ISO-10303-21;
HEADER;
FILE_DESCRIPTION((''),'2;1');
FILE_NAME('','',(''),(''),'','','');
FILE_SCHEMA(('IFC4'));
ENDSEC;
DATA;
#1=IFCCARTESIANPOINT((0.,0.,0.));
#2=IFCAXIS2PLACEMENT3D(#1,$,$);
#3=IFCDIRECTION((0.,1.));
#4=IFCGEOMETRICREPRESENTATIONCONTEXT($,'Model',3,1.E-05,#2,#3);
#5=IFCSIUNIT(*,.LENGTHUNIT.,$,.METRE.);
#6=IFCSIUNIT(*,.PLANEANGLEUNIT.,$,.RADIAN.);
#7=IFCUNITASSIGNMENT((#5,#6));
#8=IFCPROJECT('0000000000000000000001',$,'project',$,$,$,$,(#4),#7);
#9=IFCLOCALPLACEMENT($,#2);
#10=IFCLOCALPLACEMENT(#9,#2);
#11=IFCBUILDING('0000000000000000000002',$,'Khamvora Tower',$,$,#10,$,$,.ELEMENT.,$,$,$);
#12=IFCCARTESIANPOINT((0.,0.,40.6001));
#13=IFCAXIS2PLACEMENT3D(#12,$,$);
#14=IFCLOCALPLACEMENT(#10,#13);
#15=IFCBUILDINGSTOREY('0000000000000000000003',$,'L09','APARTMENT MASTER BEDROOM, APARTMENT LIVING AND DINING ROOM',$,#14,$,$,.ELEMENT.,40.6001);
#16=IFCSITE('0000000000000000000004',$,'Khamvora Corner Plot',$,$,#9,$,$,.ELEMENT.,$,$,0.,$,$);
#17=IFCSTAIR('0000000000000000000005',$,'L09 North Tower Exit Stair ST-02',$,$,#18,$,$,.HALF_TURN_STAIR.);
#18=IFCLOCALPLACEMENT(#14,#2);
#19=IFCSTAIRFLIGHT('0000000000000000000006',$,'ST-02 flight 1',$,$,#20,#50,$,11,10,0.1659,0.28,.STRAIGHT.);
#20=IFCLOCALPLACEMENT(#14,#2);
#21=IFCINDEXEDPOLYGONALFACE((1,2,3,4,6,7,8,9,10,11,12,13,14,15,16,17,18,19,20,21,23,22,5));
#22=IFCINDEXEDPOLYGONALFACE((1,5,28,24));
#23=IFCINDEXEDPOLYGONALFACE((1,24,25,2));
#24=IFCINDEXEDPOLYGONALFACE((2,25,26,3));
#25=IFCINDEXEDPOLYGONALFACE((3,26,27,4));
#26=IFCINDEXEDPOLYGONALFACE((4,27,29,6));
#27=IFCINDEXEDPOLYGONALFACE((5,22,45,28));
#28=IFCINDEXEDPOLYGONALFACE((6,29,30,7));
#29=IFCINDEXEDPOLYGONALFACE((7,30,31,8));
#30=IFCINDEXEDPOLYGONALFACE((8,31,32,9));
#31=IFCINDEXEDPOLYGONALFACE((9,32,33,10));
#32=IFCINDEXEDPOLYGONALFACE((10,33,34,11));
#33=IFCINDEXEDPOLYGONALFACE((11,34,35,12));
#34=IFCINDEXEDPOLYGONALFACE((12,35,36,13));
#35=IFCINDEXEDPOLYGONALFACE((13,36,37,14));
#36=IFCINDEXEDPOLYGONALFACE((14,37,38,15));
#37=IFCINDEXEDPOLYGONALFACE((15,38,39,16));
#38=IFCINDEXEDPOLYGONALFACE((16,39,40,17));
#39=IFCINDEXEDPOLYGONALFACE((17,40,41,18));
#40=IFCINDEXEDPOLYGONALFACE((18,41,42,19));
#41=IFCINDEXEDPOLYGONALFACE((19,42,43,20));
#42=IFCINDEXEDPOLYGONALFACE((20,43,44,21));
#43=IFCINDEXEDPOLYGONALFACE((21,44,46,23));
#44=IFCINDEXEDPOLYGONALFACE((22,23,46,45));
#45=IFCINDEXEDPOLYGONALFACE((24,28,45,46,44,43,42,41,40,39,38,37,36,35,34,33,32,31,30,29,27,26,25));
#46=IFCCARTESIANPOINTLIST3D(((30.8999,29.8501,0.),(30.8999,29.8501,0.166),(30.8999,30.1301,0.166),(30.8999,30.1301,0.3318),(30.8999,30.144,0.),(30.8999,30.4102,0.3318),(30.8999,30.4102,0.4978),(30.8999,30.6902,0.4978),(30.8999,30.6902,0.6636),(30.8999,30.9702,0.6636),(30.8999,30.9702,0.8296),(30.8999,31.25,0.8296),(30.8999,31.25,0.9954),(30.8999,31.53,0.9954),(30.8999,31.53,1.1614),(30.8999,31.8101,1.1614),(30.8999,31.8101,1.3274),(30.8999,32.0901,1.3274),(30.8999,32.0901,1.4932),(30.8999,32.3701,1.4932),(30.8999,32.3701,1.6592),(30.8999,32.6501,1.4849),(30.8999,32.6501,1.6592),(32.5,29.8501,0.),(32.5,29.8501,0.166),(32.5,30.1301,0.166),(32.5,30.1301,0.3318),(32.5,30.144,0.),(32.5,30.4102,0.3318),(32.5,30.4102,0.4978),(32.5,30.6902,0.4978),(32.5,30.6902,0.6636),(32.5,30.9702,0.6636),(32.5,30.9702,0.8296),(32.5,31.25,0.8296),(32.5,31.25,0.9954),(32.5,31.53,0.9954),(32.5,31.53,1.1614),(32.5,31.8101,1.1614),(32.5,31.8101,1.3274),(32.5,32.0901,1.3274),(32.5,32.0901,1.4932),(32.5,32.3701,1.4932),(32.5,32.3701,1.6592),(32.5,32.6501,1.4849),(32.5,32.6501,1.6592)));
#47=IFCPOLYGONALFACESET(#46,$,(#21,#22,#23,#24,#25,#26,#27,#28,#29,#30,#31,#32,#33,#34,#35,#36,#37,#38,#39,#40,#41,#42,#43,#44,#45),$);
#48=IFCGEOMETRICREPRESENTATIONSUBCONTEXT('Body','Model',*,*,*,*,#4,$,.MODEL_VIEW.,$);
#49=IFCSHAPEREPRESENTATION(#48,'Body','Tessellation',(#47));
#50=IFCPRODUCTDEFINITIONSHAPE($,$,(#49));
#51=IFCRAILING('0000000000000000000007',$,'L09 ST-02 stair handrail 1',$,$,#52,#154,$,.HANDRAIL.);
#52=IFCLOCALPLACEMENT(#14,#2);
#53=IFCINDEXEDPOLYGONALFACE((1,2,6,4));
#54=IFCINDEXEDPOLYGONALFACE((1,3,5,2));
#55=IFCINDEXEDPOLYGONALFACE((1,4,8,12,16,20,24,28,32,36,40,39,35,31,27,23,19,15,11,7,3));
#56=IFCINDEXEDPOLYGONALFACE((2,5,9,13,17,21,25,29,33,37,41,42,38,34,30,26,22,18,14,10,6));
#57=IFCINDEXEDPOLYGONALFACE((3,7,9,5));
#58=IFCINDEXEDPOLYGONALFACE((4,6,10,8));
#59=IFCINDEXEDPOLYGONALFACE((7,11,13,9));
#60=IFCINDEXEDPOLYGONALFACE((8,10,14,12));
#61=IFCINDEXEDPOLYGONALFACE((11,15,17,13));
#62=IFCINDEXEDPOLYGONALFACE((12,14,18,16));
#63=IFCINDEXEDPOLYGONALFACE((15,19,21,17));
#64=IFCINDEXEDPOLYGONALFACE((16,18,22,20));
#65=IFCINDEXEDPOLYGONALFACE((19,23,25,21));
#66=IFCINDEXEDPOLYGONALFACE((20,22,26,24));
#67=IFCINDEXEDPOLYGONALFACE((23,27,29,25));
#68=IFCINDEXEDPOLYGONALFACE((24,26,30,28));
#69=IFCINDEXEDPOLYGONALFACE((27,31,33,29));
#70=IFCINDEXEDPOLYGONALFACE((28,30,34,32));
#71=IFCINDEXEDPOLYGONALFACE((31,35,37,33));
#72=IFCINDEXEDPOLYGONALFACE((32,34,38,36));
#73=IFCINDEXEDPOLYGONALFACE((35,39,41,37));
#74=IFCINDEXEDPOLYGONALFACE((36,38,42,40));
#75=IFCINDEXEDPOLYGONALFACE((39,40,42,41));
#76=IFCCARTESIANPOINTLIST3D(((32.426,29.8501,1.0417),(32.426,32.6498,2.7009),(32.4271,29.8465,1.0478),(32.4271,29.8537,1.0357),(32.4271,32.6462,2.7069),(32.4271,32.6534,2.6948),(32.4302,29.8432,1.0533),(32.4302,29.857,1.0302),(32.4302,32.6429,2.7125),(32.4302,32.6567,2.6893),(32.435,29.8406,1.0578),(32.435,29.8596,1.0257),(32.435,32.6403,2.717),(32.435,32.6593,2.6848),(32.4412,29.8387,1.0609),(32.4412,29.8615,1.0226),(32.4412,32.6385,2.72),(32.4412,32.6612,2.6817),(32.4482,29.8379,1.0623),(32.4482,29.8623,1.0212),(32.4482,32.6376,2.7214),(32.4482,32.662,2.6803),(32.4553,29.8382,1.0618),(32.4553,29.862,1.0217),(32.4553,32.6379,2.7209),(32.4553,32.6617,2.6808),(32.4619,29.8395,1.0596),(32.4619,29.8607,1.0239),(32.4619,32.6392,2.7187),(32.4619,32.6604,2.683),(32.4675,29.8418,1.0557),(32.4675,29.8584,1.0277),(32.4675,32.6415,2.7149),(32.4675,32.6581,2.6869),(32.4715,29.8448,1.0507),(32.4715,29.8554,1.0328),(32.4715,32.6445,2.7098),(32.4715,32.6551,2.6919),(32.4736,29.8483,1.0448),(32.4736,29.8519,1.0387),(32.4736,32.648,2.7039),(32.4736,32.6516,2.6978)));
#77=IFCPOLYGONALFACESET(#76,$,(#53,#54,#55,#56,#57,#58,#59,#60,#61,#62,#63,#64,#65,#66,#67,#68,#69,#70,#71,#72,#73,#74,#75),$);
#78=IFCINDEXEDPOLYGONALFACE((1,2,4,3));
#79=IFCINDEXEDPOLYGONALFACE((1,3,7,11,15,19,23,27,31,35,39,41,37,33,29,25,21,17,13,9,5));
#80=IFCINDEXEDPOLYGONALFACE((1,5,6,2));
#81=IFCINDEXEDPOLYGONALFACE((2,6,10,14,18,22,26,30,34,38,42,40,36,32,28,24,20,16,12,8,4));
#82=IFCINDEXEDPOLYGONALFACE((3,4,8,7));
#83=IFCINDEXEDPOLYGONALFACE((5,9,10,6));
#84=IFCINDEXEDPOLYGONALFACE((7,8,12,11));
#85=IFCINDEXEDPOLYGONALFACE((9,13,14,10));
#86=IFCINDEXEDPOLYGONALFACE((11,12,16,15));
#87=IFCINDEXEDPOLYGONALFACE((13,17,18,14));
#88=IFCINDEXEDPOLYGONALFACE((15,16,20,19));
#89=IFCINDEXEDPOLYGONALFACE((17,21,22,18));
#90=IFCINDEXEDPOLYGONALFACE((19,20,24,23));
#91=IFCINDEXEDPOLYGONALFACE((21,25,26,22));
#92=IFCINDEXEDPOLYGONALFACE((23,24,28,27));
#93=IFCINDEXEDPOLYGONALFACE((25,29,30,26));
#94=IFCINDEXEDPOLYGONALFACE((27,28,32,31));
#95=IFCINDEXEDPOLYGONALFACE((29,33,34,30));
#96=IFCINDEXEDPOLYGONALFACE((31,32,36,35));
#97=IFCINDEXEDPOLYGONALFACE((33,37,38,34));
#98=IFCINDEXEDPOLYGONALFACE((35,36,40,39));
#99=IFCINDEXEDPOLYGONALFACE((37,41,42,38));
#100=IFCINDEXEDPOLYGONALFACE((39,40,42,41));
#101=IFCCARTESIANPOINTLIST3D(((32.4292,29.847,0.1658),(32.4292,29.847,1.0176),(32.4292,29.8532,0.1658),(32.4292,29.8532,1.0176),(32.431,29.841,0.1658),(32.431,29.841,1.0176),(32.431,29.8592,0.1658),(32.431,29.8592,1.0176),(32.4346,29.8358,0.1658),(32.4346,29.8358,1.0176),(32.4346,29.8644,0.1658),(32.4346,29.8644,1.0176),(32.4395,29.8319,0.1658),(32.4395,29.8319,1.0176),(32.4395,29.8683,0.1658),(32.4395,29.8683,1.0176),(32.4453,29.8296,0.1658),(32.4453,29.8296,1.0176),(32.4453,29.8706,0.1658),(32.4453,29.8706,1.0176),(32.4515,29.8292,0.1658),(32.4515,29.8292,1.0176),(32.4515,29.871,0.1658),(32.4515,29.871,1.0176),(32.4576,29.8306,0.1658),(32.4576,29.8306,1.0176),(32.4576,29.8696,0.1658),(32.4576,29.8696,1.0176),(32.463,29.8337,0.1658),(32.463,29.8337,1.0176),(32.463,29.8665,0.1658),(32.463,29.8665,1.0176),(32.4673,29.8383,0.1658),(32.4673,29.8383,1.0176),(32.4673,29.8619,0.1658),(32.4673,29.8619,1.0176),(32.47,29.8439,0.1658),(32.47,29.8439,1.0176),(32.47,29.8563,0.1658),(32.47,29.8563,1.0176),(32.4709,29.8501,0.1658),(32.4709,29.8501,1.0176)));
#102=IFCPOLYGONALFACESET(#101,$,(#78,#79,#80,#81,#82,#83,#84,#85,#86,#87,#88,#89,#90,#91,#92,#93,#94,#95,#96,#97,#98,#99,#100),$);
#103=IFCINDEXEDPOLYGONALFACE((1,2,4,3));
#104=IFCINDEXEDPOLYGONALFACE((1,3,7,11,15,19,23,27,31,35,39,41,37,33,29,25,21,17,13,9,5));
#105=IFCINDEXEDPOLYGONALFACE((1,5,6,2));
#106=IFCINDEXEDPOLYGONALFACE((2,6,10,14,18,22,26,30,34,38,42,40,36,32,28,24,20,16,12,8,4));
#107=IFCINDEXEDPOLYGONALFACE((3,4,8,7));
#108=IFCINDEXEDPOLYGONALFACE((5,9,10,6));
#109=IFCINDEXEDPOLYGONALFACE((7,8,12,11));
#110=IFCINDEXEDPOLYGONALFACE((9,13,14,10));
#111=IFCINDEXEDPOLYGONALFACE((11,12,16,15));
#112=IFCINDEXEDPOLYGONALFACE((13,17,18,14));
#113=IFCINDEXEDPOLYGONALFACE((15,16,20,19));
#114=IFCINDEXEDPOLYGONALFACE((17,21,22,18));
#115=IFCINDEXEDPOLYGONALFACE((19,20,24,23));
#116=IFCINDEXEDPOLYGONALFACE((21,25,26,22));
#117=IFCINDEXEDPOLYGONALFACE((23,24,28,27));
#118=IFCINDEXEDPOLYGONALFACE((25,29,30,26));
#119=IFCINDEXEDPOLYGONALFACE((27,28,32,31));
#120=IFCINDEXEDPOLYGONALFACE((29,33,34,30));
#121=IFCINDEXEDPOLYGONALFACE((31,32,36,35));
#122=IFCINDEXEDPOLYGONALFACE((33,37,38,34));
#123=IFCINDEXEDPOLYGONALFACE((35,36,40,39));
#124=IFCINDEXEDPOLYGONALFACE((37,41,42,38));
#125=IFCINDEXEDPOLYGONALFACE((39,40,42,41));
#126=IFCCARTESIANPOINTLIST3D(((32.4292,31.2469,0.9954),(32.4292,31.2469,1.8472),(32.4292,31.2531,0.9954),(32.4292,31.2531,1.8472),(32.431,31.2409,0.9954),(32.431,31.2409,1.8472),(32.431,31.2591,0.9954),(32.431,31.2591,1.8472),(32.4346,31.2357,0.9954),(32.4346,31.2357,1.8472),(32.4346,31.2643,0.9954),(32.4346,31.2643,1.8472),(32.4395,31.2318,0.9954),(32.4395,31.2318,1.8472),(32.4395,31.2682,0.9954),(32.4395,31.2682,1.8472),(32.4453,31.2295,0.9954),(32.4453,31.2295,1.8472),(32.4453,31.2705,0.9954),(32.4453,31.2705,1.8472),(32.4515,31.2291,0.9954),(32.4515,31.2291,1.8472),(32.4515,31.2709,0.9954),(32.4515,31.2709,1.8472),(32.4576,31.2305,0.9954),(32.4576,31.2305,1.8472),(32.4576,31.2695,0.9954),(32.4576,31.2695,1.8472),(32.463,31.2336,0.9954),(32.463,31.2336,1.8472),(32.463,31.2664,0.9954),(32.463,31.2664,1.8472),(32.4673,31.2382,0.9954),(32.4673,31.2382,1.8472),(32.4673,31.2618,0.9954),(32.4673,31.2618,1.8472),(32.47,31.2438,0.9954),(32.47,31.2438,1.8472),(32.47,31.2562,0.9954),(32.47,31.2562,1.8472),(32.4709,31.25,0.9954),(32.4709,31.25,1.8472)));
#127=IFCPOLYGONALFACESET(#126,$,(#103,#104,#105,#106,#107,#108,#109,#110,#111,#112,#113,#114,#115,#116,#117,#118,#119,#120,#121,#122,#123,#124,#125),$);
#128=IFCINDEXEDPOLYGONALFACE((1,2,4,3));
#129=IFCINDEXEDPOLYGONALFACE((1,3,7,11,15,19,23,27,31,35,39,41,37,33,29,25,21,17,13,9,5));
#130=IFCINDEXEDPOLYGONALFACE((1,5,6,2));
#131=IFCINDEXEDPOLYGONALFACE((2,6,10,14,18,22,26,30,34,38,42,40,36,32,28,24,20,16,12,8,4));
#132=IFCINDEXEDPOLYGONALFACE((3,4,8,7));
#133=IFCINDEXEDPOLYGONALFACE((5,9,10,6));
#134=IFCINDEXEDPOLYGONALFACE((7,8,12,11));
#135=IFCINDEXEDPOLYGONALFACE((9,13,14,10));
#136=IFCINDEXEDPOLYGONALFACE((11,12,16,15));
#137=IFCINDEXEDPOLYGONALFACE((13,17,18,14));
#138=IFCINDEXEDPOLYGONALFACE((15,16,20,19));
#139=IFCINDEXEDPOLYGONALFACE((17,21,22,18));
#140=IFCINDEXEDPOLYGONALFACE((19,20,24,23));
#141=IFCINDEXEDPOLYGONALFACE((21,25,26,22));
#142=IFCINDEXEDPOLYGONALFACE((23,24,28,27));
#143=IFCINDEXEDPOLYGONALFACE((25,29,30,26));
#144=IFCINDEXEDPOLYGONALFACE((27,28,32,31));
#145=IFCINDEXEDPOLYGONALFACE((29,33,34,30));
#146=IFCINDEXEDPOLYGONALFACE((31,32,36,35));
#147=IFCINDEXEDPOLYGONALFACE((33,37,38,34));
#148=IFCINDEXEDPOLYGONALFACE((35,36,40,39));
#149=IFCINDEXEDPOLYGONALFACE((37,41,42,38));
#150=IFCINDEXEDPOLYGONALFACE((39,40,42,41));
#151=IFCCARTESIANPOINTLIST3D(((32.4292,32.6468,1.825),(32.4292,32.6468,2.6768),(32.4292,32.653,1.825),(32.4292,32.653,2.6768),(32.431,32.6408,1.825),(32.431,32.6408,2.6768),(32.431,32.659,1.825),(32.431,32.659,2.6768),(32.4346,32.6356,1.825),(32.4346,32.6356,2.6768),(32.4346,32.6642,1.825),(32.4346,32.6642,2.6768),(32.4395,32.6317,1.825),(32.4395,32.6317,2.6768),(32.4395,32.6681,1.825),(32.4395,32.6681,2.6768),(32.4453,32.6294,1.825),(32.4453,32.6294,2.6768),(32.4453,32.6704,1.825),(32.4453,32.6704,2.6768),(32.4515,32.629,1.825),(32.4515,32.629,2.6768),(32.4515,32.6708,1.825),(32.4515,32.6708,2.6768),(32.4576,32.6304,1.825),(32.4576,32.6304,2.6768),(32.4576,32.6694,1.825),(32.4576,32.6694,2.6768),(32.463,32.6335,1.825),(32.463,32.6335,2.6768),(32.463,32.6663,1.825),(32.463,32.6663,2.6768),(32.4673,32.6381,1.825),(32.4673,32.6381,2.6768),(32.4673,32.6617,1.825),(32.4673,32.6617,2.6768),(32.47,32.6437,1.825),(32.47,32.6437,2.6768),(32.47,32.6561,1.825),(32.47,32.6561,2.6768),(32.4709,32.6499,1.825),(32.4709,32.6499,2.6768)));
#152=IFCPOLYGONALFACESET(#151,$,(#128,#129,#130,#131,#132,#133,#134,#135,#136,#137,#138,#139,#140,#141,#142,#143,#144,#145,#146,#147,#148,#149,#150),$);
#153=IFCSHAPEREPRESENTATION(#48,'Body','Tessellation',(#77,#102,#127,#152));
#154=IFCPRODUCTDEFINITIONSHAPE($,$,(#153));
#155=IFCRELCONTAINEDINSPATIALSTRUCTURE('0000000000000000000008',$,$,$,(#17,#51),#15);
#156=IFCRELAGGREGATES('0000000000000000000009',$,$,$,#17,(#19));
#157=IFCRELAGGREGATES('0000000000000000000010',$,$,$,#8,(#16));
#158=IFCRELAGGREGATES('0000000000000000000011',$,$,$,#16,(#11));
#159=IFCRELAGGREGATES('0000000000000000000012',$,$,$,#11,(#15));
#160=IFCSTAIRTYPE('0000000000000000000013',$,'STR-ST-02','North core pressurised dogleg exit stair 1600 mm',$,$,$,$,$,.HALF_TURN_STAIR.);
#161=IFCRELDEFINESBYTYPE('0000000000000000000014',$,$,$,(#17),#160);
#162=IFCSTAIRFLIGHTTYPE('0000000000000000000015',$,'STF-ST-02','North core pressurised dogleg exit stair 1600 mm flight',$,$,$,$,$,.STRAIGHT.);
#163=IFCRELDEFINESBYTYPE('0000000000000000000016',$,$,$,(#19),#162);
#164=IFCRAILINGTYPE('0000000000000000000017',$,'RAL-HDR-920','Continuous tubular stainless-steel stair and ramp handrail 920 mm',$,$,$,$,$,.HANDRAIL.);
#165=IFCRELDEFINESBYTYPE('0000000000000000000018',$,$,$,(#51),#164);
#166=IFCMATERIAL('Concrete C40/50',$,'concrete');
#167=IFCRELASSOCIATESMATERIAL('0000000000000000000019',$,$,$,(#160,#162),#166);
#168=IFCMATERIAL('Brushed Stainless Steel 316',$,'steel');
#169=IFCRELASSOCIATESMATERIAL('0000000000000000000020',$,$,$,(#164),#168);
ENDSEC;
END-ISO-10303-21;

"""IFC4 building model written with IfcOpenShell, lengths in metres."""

from ifc_helpers import new_model, si_unit, direction, frame, origin, origin_2d, place, context, subcontext, project, spatial, polyline, circle, outline, extrude, material, type_object, element, aggregate, save


model = new_model("IFC4")

# Units and contexts
model_context = context("Model", 3, precision=1e-05, world=origin(), true_north=direction((0.0, 1.0)))
body_context = subcontext(model_context, "Body", "Model", "MODEL_VIEW")
ifc_project = project(units=[si_unit("LENGTHUNIT", "METRE"), si_unit("PLANEANGLEUNIT", "RADIAN")], contexts=[model_context])

# Site, building, storey
site_placement = place(None, origin())
site = spatial("IfcSite", under=ifc_project, at=site_placement, Name="Khamvora Corner Plot", CompositionType="ELEMENT", RefElevation=0.0)
building_placement = place(site_placement, origin())
building = spatial("IfcBuilding", under=site, at=building_placement, Name="Khamvora Tower", CompositionType="ELEMENT")
storey_placement = place(building_placement, frame((0.0, 0.0, 40.6001)))
storey = spatial("IfcBuildingStorey", under=building, at=storey_placement, Name="L09", Description="APARTMENT MASTER BEDROOM, APARTMENT LIVING AND DINING ROOM", CompositionType="ELEMENT", Elevation=40.6001)

# Shared definitions
ifc_material_1 = material(Name="Concrete C40/50", Category="concrete")

# Stair, stair flight
stair_type = type_object("IfcStairType", Name="STR-ST-02", Description="North core pressurised dogleg exit stair 1600 mm", PredefinedType="HALF_TURN_STAIR", material=ifc_material_1)
stair_placement = place(storey_placement, origin())
stair = element("IfcStair", 1, at=stair_placement, inside=storey, type_object=stair_type, Name="L09 North Tower Exit Stair ST-02", PredefinedType="HALF_TURN_STAIR")
stair_flight_type = type_object("IfcStairFlightType", Name="STF-ST-02", Description="North core pressurised dogleg exit stair 1600 mm flight", PredefinedType="STRAIGHT", material=ifc_material_1)
stair_flight_placement = place(storey_placement, frame((31.7, 29.8501, 0.0), z_axis=(0.0, 0.0, 1.0), x_axis=(0.0, 1.0, 0.0)))
stair_flight = element("IfcStairFlight", 2, at=stair_flight_placement, type_object=stair_flight_type, Name="ST-02 flight 1", NumberOfRisers=11, NumberOfTreads=10, PredefinedType="STRAIGHT", RiserHeight=0.1659, TreadLength=0.28, context=body_context, shape_type="SweptSolid", body=[
    extrude(outline(polyline([(0.0, 0.0), (0.0, 0.166), (0.28, 0.166), (0.28, 0.3318), (0.5601, 0.3318), (0.5601, 0.4978), (0.8401, 0.4978), (0.8401, 0.6636), (1.1201, 0.6636), (1.1201, 0.8296), (1.3999, 0.8296), (1.3999, 0.9954), (1.6799, 0.9954), (1.6799, 1.1614), (1.96, 1.1614), (1.96, 1.3274), (2.24, 1.3274), (2.24, 1.4932), (2.52, 1.4932), (2.52, 1.6592), (2.8, 1.6592), (2.8, 1.825), (2.8, 1.4849), (0.2939, 0.0), (0.0, 0.0)])), frame((0.0, 0.8, 0.0), z_axis=(0.0, -1.0, 0.0), x_axis=(1.0, 0.0, 0.0)), (0.0, 0.0, 1.0), 1.6001),
])
aggregate(stair, [stair_flight])

# Railing
ifc_material_2 = material(Name="Brushed Stainless Steel 316", Category="steel")
railing_type_1 = type_object("IfcRailingType", Name="RAL-HDR-920", Description="Continuous tubular stainless-steel stair and ramp handrail 920 mm", PredefinedType="HANDRAIL", material=ifc_material_2)
railing_1_placement = place(storey_placement, frame((32.45, 29.8501, 0.1658)))
element("IfcRailing", 3, at=railing_1_placement, inside=storey, type_object=railing_type_1, Name="L09 ST-02 stair handrail 1", PredefinedType="HANDRAIL", context=body_context, shape_type="SweptSolid", body=[
    extrude(circle(Radius=0.0239, at=origin_2d()), frame((0.0, 0.0, 0.876), z_axis=(0.0, 0.860287, 0.509811), x_axis=(-1.0, 0.0, 0.0)), (0.0, 0.0, 1.0), 3.2544),
    extrude(circle(Radius=0.021, at=origin_2d()), origin(), (0.0, 0.0, 1.0), 0.8518),
    extrude(circle(Radius=0.021, at=origin_2d()), frame((0.0, 1.3999, 0.8296)), (0.0, 0.0, 1.0), 0.8518),
    extrude(circle(Radius=0.021, at=origin_2d()), frame((0.0, 2.7998, 1.6592)), (0.0, 0.0, 1.0), 0.8518),
])

save(model, "model.ifc")
